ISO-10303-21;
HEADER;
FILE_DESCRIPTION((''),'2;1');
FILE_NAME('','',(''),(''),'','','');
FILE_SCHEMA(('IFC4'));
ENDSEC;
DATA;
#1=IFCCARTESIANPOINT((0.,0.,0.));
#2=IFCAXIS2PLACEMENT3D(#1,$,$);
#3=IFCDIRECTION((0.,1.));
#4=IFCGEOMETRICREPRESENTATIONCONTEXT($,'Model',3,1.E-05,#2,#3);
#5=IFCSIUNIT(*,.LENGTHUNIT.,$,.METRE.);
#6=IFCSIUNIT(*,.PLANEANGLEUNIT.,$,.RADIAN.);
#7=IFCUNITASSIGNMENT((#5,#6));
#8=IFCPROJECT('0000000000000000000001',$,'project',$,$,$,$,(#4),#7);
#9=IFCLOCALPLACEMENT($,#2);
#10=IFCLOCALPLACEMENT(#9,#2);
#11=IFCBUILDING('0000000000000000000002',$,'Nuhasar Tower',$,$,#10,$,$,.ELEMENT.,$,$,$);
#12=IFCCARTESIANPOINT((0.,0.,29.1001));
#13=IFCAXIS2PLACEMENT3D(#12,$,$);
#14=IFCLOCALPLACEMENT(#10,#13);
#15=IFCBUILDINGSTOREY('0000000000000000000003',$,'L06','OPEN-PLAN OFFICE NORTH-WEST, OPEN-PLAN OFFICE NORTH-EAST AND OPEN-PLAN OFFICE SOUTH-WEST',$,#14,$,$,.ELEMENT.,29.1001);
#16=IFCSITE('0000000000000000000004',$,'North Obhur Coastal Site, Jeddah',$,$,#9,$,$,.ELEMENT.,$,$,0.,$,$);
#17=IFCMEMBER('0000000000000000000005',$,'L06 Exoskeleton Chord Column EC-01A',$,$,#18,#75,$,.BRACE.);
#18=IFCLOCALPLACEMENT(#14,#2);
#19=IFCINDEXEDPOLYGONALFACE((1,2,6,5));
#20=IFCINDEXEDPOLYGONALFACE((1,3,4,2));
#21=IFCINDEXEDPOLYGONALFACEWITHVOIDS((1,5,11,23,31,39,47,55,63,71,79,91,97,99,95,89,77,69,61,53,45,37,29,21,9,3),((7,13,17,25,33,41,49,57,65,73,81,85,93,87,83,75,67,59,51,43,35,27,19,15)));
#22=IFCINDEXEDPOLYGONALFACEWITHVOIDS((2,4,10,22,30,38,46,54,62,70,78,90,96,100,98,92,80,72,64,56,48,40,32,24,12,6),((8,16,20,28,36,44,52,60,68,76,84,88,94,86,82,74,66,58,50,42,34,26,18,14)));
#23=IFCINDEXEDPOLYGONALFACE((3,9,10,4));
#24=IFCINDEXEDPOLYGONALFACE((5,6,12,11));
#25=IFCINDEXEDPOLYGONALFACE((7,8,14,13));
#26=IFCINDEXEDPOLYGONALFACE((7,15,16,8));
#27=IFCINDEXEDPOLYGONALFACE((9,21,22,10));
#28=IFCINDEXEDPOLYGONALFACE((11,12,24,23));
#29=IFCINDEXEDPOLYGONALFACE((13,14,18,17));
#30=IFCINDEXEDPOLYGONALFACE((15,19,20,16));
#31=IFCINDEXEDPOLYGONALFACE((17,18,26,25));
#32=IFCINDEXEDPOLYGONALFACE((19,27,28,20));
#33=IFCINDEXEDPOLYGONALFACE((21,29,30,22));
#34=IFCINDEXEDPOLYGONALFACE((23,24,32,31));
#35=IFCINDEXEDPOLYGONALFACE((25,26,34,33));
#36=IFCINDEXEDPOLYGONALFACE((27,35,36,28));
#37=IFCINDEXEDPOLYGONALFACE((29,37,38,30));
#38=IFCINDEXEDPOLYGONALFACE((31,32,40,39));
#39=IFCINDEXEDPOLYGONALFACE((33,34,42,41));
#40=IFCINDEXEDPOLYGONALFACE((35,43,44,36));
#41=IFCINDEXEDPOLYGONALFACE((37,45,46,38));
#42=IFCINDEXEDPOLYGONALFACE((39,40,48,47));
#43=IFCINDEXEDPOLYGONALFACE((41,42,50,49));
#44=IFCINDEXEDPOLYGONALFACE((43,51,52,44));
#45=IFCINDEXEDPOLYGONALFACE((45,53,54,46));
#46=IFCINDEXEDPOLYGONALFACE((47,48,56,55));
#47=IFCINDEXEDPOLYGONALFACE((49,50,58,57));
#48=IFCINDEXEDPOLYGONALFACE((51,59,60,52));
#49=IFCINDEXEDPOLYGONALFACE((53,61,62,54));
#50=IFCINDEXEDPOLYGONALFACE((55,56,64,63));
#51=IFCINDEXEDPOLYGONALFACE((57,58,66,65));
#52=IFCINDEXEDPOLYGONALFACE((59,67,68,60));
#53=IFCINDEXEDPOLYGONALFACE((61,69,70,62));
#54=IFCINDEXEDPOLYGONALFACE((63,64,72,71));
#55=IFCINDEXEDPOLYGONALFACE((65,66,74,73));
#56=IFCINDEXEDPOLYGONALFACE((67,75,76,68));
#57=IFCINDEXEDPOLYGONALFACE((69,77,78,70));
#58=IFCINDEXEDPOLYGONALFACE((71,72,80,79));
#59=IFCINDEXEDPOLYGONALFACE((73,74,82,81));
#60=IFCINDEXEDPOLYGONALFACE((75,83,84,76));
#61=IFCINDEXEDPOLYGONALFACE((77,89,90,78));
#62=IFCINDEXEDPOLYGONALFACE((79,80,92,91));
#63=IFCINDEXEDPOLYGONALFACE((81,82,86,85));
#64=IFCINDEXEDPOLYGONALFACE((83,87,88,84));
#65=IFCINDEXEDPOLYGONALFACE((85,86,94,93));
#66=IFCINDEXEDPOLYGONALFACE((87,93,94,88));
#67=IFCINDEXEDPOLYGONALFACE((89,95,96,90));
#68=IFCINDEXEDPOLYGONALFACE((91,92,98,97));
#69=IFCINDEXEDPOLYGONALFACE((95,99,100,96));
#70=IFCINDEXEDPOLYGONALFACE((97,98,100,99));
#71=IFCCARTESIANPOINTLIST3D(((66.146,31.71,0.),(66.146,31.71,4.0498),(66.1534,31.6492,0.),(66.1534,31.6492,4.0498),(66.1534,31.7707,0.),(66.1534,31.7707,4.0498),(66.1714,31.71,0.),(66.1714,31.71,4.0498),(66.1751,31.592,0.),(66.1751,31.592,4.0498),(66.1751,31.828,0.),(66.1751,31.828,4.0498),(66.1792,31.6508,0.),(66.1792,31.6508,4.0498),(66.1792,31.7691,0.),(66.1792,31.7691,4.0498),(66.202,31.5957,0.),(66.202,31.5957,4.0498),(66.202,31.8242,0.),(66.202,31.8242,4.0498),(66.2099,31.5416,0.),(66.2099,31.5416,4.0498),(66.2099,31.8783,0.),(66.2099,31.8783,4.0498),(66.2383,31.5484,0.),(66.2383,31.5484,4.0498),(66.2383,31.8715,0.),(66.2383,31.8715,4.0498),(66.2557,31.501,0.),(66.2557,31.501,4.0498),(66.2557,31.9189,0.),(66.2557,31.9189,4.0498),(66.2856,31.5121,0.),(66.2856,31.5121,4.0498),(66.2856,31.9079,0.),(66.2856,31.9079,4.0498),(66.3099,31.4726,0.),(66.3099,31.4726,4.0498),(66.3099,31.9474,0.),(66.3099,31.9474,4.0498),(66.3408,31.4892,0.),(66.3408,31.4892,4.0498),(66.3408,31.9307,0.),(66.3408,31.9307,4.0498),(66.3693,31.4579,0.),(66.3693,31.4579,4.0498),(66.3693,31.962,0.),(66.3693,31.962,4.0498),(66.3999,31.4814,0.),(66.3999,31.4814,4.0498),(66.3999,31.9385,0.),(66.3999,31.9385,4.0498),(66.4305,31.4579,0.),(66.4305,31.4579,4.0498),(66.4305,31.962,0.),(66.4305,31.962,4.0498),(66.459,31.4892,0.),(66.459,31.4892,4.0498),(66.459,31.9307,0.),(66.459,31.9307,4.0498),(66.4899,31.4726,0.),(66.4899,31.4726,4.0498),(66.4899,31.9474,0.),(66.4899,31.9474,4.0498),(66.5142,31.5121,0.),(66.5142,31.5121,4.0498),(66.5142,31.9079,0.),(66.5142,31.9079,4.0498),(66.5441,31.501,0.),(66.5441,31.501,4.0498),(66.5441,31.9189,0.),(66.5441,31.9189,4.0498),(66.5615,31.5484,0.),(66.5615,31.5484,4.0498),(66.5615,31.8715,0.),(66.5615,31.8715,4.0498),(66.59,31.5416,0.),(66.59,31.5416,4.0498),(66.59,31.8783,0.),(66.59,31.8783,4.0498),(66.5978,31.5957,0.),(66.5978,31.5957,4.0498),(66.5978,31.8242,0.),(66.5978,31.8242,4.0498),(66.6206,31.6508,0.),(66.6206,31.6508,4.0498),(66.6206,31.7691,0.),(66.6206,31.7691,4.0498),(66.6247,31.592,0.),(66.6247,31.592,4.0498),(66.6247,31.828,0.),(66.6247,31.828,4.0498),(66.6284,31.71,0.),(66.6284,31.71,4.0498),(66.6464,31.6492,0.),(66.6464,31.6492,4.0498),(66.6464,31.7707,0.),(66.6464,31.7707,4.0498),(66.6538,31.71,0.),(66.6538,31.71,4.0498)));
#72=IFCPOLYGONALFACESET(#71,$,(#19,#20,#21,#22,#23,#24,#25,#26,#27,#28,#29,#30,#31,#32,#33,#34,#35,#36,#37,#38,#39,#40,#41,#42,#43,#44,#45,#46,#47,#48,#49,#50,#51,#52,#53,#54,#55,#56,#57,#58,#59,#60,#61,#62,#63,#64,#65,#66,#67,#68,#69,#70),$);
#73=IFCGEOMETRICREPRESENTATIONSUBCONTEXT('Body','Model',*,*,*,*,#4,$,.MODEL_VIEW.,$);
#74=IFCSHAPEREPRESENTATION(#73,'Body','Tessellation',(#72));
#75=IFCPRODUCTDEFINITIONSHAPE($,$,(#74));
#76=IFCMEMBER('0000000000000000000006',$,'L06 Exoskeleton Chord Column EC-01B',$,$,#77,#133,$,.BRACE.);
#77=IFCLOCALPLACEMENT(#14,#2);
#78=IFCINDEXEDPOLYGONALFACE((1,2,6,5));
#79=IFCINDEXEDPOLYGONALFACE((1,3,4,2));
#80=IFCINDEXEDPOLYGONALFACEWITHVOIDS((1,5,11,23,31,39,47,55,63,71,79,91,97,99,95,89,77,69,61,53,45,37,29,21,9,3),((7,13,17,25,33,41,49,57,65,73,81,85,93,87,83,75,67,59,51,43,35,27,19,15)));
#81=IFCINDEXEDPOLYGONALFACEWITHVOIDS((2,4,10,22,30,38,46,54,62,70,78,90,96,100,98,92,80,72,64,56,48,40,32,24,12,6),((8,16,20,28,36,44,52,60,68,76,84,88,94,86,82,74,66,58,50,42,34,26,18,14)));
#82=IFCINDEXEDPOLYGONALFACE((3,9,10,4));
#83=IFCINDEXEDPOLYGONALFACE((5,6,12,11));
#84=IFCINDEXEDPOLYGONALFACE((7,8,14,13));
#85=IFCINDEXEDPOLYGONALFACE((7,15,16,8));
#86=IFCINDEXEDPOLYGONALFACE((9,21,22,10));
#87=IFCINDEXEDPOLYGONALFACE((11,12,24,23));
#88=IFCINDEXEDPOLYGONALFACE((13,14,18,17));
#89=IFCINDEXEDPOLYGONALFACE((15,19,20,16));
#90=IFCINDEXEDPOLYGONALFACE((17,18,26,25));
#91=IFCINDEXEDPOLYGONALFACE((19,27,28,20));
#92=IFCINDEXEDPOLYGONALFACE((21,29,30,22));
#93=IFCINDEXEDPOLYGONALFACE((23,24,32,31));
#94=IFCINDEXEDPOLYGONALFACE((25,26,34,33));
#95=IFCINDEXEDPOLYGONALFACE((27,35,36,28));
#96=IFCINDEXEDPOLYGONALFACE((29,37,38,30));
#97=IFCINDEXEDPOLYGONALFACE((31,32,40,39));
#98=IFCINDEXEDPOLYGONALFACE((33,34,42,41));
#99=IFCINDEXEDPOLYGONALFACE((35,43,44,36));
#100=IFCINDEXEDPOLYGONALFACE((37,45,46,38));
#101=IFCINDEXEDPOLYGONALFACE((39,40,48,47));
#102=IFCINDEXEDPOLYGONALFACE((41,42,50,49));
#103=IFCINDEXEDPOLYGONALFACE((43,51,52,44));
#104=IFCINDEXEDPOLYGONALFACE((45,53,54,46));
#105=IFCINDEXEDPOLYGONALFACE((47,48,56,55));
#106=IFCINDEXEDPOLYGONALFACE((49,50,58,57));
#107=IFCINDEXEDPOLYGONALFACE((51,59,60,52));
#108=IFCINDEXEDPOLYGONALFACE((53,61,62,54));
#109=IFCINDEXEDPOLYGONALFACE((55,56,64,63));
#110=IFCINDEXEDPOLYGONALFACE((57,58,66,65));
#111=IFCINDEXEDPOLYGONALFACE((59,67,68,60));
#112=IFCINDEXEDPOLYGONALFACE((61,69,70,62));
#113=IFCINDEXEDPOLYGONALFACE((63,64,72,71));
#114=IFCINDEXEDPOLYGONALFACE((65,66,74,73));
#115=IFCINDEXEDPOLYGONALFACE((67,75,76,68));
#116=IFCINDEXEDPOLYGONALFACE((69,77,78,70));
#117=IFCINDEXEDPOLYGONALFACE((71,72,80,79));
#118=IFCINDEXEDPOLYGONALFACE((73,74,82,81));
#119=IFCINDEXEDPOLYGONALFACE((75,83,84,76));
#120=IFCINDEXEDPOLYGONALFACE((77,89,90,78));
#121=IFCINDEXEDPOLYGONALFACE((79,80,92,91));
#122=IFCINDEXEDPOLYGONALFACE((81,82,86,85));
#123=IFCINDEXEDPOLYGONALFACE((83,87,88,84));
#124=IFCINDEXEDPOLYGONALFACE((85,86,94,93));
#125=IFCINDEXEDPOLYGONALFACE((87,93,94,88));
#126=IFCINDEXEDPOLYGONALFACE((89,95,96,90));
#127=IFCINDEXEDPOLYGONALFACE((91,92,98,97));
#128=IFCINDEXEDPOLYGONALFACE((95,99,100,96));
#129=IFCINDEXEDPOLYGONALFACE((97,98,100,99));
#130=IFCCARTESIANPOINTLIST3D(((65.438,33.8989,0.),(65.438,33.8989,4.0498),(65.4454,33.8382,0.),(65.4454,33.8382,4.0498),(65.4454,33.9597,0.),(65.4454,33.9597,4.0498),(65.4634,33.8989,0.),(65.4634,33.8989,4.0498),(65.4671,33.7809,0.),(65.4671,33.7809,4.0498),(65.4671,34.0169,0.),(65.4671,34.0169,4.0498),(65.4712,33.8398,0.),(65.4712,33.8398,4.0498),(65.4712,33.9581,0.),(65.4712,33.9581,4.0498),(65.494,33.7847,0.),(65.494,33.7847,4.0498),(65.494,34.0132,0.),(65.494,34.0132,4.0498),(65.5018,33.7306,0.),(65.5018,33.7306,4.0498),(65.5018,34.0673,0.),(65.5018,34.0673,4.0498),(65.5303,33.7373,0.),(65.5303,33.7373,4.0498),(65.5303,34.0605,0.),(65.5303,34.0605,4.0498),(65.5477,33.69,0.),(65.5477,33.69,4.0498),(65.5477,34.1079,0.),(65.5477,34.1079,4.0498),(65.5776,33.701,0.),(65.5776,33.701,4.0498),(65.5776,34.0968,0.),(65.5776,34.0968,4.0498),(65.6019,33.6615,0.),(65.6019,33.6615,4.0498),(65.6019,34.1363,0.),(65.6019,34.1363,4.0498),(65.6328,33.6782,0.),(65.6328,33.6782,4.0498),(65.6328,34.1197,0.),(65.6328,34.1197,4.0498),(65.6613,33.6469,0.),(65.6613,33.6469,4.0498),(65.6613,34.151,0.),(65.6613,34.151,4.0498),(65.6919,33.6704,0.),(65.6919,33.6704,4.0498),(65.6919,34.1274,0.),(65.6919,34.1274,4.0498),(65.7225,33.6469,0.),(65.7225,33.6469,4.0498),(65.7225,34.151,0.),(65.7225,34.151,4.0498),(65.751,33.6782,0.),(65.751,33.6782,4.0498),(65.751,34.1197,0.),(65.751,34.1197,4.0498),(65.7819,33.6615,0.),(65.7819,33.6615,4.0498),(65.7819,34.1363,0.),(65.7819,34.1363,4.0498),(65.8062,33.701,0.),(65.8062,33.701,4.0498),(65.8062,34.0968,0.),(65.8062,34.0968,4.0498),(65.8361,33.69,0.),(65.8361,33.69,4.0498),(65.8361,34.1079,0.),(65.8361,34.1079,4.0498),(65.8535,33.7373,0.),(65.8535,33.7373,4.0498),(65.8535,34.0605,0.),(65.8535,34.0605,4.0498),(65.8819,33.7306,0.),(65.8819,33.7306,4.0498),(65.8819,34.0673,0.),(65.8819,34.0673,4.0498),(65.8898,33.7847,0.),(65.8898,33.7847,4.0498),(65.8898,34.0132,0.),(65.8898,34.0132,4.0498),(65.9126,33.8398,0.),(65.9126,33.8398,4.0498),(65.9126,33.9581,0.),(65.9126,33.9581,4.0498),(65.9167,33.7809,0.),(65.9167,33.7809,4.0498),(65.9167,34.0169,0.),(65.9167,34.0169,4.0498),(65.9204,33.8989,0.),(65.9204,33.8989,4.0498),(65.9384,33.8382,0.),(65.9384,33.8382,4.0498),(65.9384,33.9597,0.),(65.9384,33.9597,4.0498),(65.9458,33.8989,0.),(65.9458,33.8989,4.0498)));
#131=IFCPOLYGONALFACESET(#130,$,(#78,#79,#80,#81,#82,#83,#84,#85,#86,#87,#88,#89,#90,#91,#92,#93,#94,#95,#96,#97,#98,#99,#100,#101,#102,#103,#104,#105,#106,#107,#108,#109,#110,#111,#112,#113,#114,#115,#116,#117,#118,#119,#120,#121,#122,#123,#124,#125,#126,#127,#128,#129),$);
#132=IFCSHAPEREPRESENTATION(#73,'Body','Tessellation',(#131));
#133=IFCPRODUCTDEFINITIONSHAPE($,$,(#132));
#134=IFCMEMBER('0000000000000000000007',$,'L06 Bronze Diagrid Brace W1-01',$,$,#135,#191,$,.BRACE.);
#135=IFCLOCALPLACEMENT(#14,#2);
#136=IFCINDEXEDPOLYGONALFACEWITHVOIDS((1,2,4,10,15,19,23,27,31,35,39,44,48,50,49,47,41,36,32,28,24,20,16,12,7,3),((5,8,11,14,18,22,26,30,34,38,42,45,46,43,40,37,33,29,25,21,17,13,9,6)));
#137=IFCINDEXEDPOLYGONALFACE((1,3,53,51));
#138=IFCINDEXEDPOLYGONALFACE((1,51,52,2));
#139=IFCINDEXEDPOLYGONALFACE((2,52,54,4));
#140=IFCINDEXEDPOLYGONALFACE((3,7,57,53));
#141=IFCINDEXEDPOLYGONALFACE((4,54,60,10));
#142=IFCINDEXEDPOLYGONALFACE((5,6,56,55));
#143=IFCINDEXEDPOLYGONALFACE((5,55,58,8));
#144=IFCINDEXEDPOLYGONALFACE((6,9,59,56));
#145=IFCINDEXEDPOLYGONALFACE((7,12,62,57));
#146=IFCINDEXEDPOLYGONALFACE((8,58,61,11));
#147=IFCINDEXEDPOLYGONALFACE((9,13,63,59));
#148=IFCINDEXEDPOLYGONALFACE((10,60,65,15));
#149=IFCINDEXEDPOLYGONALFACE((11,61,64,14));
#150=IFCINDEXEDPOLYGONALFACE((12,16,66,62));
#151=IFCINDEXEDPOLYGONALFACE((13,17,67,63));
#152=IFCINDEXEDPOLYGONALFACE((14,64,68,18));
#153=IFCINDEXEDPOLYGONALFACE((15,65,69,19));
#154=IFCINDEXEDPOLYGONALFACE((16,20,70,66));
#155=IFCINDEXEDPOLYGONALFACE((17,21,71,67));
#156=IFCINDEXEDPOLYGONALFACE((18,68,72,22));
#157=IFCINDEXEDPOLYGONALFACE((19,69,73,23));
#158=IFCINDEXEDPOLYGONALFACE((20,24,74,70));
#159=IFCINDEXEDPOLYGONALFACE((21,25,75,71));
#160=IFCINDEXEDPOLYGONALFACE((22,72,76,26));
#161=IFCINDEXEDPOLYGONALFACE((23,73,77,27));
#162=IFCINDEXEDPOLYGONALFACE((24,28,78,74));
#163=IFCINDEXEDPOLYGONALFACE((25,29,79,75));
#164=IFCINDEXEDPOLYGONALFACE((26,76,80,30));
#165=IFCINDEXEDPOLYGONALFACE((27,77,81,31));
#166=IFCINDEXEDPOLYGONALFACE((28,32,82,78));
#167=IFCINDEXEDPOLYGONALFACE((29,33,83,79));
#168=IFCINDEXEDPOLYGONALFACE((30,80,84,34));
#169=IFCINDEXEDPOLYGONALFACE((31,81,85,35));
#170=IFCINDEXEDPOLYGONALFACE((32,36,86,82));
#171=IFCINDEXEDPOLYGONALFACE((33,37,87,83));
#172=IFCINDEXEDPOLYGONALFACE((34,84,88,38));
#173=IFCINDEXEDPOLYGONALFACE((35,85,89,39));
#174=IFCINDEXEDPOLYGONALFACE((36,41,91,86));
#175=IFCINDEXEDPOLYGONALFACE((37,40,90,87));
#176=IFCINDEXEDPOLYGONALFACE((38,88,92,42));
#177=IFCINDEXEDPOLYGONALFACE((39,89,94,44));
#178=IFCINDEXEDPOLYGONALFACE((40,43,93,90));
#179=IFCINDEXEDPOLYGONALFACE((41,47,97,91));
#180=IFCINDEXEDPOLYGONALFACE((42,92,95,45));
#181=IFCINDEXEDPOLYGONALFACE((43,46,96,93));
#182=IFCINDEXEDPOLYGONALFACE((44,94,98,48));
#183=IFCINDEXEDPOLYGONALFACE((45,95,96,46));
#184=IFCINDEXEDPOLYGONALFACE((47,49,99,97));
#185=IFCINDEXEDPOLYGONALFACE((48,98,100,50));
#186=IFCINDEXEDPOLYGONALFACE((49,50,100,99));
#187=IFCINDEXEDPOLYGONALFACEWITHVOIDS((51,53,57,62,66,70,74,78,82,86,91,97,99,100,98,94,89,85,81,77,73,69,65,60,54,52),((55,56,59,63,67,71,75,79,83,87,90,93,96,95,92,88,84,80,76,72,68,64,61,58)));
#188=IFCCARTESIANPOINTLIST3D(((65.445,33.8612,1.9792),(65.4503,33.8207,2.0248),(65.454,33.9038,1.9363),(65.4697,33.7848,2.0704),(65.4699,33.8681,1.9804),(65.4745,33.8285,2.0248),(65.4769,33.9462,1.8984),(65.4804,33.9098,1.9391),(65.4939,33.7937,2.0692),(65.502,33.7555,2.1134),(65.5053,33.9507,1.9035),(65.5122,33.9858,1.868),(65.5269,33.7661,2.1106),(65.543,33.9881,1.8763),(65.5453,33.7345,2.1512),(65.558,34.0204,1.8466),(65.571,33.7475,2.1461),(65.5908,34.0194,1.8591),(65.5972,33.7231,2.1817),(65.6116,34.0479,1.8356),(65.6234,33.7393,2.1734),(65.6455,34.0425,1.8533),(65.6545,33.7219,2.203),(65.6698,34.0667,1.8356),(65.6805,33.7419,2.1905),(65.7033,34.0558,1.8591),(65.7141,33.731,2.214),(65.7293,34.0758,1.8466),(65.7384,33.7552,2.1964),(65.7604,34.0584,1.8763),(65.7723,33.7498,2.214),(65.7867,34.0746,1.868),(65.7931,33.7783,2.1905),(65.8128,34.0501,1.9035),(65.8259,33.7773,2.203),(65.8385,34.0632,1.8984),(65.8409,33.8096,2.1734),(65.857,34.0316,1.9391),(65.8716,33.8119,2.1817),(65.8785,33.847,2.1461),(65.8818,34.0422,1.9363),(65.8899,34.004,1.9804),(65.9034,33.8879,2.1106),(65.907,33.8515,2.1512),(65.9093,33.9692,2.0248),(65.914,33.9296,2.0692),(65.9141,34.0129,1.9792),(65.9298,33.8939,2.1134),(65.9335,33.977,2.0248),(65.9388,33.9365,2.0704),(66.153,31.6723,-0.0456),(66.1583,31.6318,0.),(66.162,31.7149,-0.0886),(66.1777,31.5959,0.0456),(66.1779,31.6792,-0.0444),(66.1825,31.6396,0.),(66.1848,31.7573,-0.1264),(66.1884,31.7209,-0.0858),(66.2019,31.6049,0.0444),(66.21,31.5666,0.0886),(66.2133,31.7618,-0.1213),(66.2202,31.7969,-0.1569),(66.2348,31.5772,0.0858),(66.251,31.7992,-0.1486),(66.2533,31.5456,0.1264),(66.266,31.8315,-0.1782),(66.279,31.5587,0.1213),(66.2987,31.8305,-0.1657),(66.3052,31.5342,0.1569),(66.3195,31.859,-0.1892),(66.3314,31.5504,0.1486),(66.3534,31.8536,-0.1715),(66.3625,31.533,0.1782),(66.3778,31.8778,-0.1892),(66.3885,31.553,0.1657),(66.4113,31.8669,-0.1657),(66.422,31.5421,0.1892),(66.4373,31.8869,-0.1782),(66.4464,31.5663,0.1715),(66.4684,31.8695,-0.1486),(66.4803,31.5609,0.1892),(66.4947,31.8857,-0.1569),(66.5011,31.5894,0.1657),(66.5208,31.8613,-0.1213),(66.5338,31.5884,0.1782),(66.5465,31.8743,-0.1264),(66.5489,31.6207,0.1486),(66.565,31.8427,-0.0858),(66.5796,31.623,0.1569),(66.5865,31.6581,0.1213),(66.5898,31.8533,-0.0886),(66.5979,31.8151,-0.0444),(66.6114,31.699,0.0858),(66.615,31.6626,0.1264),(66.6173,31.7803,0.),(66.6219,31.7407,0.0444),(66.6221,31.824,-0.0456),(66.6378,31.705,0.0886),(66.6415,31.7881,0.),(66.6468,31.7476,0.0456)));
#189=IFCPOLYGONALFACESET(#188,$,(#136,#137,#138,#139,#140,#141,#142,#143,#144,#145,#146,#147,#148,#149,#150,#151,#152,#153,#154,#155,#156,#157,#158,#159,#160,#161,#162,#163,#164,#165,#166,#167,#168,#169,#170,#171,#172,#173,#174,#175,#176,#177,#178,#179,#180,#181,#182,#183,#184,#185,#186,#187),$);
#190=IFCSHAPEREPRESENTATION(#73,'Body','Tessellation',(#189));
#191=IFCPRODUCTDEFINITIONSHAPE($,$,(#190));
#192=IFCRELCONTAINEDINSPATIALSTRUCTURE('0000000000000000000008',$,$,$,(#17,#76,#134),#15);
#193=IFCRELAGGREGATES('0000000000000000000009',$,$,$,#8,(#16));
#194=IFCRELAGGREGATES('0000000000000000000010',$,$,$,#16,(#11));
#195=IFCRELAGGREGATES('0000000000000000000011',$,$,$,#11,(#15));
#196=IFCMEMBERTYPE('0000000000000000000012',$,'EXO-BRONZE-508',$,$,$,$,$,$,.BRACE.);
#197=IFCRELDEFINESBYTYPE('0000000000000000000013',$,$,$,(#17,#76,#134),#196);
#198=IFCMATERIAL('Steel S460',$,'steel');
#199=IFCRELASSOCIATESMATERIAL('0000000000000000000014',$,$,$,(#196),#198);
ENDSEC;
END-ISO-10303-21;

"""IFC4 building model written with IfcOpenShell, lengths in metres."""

from ifc_helpers import new_model, si_unit, direction, frame, origin, origin_2d, place, context, subcontext, project, spatial, hollow_circle, extrude, material, material_profile, profile_set, type_object, element, save


model = new_model("IFC4")

# Units and contexts
model_context = context("Model", 3, precision=1e-05, world=origin(), true_north=direction((0.0, 1.0)))
body_context = subcontext(model_context, "Body", "Model", "MODEL_VIEW")
ifc_project = project(units=[si_unit("LENGTHUNIT", "METRE"), si_unit("PLANEANGLEUNIT", "RADIAN")], contexts=[model_context])

# Site, building, storey
site_placement = place(None, origin())
site = spatial("IfcSite", under=ifc_project, at=site_placement, Name="North Obhur Coastal Site, Jeddah", CompositionType="ELEMENT", RefElevation=0.0)
building_placement = place(site_placement, origin())
building = spatial("IfcBuilding", under=site, at=building_placement, Name="Nuhasar Tower", CompositionType="ELEMENT")
storey_placement = place(building_placement, frame((0.0, 0.0, 29.1001)))
storey = spatial("IfcBuildingStorey", under=building, at=storey_placement, Name="L06", Description="OPEN-PLAN OFFICE NORTH-WEST, OPEN-PLAN OFFICE NORTH-EAST AND OPEN-PLAN OFFICE SOUTH-WEST", CompositionType="ELEMENT", Elevation=29.1001)

# Members
ifc_material_1 = material(Name="Steel S460", Category="steel")
ifc_material_profile_1 = material_profile(ifc_material_1, hollow_circle(Radius=0.2539, WallThickness=0.0254, at=origin_2d()), Name="HSS508X25.4")
ifc_profile_set_1 = profile_set([ifc_material_profile_1], Name="Steel S460")
member_type_1 = type_object("IfcMemberType", Name="EXO-BRONZE-508", PredefinedType="BRACE", material=ifc_profile_set_1)
for number, where, z_axis, x_axis, name in (
    (1, (66.3999, 31.71, 0.0), (0.0, 0.0, 1.0), (1.0, 0.0, 0.0), "L06 Exoskeleton Chord Column EC-01A"),
    (2, (65.6919, 33.8989, 0.0), (0.0, 0.0, 1.0), (1.0, 0.0, 0.0), "L06 Exoskeleton Chord Column EC-01B"),
):
    element("IfcMember", number, at=place(storey_placement, frame(where, z_axis=z_axis, x_axis=x_axis)), inside=storey, type_object=member_type_1, Name=name, PredefinedType="BRACE", context=body_context, shape_type="SweptSolid", body=[
        extrude(hollow_circle(Radius=0.2539, WallThickness=0.0254, at=origin_2d()), origin(), (0.0, 0.0, 1.0), 4.0498),
    ])
for number, where, z_axis, x_axis, name in (
    (3, (66.3999, 31.71, 0.0), (-0.231012, 0.714225, 0.660694), (-0.951468, -0.307747, 0.0), "L06 Bronze Diagrid Brace W1-01"),
):
    element("IfcMember", number, at=place(storey_placement, frame(where, z_axis=z_axis, x_axis=x_axis)), inside=storey, type_object=member_type_1, Name=name, PredefinedType="BRACE", context=body_context, shape_type="SweptSolid", body=[
        extrude(hollow_circle(Radius=0.2539, WallThickness=0.0254, at=origin_2d()), origin(), (0.0, 0.0, 1.0), 3.0647),
    ])

save(model, "model.ifc")
